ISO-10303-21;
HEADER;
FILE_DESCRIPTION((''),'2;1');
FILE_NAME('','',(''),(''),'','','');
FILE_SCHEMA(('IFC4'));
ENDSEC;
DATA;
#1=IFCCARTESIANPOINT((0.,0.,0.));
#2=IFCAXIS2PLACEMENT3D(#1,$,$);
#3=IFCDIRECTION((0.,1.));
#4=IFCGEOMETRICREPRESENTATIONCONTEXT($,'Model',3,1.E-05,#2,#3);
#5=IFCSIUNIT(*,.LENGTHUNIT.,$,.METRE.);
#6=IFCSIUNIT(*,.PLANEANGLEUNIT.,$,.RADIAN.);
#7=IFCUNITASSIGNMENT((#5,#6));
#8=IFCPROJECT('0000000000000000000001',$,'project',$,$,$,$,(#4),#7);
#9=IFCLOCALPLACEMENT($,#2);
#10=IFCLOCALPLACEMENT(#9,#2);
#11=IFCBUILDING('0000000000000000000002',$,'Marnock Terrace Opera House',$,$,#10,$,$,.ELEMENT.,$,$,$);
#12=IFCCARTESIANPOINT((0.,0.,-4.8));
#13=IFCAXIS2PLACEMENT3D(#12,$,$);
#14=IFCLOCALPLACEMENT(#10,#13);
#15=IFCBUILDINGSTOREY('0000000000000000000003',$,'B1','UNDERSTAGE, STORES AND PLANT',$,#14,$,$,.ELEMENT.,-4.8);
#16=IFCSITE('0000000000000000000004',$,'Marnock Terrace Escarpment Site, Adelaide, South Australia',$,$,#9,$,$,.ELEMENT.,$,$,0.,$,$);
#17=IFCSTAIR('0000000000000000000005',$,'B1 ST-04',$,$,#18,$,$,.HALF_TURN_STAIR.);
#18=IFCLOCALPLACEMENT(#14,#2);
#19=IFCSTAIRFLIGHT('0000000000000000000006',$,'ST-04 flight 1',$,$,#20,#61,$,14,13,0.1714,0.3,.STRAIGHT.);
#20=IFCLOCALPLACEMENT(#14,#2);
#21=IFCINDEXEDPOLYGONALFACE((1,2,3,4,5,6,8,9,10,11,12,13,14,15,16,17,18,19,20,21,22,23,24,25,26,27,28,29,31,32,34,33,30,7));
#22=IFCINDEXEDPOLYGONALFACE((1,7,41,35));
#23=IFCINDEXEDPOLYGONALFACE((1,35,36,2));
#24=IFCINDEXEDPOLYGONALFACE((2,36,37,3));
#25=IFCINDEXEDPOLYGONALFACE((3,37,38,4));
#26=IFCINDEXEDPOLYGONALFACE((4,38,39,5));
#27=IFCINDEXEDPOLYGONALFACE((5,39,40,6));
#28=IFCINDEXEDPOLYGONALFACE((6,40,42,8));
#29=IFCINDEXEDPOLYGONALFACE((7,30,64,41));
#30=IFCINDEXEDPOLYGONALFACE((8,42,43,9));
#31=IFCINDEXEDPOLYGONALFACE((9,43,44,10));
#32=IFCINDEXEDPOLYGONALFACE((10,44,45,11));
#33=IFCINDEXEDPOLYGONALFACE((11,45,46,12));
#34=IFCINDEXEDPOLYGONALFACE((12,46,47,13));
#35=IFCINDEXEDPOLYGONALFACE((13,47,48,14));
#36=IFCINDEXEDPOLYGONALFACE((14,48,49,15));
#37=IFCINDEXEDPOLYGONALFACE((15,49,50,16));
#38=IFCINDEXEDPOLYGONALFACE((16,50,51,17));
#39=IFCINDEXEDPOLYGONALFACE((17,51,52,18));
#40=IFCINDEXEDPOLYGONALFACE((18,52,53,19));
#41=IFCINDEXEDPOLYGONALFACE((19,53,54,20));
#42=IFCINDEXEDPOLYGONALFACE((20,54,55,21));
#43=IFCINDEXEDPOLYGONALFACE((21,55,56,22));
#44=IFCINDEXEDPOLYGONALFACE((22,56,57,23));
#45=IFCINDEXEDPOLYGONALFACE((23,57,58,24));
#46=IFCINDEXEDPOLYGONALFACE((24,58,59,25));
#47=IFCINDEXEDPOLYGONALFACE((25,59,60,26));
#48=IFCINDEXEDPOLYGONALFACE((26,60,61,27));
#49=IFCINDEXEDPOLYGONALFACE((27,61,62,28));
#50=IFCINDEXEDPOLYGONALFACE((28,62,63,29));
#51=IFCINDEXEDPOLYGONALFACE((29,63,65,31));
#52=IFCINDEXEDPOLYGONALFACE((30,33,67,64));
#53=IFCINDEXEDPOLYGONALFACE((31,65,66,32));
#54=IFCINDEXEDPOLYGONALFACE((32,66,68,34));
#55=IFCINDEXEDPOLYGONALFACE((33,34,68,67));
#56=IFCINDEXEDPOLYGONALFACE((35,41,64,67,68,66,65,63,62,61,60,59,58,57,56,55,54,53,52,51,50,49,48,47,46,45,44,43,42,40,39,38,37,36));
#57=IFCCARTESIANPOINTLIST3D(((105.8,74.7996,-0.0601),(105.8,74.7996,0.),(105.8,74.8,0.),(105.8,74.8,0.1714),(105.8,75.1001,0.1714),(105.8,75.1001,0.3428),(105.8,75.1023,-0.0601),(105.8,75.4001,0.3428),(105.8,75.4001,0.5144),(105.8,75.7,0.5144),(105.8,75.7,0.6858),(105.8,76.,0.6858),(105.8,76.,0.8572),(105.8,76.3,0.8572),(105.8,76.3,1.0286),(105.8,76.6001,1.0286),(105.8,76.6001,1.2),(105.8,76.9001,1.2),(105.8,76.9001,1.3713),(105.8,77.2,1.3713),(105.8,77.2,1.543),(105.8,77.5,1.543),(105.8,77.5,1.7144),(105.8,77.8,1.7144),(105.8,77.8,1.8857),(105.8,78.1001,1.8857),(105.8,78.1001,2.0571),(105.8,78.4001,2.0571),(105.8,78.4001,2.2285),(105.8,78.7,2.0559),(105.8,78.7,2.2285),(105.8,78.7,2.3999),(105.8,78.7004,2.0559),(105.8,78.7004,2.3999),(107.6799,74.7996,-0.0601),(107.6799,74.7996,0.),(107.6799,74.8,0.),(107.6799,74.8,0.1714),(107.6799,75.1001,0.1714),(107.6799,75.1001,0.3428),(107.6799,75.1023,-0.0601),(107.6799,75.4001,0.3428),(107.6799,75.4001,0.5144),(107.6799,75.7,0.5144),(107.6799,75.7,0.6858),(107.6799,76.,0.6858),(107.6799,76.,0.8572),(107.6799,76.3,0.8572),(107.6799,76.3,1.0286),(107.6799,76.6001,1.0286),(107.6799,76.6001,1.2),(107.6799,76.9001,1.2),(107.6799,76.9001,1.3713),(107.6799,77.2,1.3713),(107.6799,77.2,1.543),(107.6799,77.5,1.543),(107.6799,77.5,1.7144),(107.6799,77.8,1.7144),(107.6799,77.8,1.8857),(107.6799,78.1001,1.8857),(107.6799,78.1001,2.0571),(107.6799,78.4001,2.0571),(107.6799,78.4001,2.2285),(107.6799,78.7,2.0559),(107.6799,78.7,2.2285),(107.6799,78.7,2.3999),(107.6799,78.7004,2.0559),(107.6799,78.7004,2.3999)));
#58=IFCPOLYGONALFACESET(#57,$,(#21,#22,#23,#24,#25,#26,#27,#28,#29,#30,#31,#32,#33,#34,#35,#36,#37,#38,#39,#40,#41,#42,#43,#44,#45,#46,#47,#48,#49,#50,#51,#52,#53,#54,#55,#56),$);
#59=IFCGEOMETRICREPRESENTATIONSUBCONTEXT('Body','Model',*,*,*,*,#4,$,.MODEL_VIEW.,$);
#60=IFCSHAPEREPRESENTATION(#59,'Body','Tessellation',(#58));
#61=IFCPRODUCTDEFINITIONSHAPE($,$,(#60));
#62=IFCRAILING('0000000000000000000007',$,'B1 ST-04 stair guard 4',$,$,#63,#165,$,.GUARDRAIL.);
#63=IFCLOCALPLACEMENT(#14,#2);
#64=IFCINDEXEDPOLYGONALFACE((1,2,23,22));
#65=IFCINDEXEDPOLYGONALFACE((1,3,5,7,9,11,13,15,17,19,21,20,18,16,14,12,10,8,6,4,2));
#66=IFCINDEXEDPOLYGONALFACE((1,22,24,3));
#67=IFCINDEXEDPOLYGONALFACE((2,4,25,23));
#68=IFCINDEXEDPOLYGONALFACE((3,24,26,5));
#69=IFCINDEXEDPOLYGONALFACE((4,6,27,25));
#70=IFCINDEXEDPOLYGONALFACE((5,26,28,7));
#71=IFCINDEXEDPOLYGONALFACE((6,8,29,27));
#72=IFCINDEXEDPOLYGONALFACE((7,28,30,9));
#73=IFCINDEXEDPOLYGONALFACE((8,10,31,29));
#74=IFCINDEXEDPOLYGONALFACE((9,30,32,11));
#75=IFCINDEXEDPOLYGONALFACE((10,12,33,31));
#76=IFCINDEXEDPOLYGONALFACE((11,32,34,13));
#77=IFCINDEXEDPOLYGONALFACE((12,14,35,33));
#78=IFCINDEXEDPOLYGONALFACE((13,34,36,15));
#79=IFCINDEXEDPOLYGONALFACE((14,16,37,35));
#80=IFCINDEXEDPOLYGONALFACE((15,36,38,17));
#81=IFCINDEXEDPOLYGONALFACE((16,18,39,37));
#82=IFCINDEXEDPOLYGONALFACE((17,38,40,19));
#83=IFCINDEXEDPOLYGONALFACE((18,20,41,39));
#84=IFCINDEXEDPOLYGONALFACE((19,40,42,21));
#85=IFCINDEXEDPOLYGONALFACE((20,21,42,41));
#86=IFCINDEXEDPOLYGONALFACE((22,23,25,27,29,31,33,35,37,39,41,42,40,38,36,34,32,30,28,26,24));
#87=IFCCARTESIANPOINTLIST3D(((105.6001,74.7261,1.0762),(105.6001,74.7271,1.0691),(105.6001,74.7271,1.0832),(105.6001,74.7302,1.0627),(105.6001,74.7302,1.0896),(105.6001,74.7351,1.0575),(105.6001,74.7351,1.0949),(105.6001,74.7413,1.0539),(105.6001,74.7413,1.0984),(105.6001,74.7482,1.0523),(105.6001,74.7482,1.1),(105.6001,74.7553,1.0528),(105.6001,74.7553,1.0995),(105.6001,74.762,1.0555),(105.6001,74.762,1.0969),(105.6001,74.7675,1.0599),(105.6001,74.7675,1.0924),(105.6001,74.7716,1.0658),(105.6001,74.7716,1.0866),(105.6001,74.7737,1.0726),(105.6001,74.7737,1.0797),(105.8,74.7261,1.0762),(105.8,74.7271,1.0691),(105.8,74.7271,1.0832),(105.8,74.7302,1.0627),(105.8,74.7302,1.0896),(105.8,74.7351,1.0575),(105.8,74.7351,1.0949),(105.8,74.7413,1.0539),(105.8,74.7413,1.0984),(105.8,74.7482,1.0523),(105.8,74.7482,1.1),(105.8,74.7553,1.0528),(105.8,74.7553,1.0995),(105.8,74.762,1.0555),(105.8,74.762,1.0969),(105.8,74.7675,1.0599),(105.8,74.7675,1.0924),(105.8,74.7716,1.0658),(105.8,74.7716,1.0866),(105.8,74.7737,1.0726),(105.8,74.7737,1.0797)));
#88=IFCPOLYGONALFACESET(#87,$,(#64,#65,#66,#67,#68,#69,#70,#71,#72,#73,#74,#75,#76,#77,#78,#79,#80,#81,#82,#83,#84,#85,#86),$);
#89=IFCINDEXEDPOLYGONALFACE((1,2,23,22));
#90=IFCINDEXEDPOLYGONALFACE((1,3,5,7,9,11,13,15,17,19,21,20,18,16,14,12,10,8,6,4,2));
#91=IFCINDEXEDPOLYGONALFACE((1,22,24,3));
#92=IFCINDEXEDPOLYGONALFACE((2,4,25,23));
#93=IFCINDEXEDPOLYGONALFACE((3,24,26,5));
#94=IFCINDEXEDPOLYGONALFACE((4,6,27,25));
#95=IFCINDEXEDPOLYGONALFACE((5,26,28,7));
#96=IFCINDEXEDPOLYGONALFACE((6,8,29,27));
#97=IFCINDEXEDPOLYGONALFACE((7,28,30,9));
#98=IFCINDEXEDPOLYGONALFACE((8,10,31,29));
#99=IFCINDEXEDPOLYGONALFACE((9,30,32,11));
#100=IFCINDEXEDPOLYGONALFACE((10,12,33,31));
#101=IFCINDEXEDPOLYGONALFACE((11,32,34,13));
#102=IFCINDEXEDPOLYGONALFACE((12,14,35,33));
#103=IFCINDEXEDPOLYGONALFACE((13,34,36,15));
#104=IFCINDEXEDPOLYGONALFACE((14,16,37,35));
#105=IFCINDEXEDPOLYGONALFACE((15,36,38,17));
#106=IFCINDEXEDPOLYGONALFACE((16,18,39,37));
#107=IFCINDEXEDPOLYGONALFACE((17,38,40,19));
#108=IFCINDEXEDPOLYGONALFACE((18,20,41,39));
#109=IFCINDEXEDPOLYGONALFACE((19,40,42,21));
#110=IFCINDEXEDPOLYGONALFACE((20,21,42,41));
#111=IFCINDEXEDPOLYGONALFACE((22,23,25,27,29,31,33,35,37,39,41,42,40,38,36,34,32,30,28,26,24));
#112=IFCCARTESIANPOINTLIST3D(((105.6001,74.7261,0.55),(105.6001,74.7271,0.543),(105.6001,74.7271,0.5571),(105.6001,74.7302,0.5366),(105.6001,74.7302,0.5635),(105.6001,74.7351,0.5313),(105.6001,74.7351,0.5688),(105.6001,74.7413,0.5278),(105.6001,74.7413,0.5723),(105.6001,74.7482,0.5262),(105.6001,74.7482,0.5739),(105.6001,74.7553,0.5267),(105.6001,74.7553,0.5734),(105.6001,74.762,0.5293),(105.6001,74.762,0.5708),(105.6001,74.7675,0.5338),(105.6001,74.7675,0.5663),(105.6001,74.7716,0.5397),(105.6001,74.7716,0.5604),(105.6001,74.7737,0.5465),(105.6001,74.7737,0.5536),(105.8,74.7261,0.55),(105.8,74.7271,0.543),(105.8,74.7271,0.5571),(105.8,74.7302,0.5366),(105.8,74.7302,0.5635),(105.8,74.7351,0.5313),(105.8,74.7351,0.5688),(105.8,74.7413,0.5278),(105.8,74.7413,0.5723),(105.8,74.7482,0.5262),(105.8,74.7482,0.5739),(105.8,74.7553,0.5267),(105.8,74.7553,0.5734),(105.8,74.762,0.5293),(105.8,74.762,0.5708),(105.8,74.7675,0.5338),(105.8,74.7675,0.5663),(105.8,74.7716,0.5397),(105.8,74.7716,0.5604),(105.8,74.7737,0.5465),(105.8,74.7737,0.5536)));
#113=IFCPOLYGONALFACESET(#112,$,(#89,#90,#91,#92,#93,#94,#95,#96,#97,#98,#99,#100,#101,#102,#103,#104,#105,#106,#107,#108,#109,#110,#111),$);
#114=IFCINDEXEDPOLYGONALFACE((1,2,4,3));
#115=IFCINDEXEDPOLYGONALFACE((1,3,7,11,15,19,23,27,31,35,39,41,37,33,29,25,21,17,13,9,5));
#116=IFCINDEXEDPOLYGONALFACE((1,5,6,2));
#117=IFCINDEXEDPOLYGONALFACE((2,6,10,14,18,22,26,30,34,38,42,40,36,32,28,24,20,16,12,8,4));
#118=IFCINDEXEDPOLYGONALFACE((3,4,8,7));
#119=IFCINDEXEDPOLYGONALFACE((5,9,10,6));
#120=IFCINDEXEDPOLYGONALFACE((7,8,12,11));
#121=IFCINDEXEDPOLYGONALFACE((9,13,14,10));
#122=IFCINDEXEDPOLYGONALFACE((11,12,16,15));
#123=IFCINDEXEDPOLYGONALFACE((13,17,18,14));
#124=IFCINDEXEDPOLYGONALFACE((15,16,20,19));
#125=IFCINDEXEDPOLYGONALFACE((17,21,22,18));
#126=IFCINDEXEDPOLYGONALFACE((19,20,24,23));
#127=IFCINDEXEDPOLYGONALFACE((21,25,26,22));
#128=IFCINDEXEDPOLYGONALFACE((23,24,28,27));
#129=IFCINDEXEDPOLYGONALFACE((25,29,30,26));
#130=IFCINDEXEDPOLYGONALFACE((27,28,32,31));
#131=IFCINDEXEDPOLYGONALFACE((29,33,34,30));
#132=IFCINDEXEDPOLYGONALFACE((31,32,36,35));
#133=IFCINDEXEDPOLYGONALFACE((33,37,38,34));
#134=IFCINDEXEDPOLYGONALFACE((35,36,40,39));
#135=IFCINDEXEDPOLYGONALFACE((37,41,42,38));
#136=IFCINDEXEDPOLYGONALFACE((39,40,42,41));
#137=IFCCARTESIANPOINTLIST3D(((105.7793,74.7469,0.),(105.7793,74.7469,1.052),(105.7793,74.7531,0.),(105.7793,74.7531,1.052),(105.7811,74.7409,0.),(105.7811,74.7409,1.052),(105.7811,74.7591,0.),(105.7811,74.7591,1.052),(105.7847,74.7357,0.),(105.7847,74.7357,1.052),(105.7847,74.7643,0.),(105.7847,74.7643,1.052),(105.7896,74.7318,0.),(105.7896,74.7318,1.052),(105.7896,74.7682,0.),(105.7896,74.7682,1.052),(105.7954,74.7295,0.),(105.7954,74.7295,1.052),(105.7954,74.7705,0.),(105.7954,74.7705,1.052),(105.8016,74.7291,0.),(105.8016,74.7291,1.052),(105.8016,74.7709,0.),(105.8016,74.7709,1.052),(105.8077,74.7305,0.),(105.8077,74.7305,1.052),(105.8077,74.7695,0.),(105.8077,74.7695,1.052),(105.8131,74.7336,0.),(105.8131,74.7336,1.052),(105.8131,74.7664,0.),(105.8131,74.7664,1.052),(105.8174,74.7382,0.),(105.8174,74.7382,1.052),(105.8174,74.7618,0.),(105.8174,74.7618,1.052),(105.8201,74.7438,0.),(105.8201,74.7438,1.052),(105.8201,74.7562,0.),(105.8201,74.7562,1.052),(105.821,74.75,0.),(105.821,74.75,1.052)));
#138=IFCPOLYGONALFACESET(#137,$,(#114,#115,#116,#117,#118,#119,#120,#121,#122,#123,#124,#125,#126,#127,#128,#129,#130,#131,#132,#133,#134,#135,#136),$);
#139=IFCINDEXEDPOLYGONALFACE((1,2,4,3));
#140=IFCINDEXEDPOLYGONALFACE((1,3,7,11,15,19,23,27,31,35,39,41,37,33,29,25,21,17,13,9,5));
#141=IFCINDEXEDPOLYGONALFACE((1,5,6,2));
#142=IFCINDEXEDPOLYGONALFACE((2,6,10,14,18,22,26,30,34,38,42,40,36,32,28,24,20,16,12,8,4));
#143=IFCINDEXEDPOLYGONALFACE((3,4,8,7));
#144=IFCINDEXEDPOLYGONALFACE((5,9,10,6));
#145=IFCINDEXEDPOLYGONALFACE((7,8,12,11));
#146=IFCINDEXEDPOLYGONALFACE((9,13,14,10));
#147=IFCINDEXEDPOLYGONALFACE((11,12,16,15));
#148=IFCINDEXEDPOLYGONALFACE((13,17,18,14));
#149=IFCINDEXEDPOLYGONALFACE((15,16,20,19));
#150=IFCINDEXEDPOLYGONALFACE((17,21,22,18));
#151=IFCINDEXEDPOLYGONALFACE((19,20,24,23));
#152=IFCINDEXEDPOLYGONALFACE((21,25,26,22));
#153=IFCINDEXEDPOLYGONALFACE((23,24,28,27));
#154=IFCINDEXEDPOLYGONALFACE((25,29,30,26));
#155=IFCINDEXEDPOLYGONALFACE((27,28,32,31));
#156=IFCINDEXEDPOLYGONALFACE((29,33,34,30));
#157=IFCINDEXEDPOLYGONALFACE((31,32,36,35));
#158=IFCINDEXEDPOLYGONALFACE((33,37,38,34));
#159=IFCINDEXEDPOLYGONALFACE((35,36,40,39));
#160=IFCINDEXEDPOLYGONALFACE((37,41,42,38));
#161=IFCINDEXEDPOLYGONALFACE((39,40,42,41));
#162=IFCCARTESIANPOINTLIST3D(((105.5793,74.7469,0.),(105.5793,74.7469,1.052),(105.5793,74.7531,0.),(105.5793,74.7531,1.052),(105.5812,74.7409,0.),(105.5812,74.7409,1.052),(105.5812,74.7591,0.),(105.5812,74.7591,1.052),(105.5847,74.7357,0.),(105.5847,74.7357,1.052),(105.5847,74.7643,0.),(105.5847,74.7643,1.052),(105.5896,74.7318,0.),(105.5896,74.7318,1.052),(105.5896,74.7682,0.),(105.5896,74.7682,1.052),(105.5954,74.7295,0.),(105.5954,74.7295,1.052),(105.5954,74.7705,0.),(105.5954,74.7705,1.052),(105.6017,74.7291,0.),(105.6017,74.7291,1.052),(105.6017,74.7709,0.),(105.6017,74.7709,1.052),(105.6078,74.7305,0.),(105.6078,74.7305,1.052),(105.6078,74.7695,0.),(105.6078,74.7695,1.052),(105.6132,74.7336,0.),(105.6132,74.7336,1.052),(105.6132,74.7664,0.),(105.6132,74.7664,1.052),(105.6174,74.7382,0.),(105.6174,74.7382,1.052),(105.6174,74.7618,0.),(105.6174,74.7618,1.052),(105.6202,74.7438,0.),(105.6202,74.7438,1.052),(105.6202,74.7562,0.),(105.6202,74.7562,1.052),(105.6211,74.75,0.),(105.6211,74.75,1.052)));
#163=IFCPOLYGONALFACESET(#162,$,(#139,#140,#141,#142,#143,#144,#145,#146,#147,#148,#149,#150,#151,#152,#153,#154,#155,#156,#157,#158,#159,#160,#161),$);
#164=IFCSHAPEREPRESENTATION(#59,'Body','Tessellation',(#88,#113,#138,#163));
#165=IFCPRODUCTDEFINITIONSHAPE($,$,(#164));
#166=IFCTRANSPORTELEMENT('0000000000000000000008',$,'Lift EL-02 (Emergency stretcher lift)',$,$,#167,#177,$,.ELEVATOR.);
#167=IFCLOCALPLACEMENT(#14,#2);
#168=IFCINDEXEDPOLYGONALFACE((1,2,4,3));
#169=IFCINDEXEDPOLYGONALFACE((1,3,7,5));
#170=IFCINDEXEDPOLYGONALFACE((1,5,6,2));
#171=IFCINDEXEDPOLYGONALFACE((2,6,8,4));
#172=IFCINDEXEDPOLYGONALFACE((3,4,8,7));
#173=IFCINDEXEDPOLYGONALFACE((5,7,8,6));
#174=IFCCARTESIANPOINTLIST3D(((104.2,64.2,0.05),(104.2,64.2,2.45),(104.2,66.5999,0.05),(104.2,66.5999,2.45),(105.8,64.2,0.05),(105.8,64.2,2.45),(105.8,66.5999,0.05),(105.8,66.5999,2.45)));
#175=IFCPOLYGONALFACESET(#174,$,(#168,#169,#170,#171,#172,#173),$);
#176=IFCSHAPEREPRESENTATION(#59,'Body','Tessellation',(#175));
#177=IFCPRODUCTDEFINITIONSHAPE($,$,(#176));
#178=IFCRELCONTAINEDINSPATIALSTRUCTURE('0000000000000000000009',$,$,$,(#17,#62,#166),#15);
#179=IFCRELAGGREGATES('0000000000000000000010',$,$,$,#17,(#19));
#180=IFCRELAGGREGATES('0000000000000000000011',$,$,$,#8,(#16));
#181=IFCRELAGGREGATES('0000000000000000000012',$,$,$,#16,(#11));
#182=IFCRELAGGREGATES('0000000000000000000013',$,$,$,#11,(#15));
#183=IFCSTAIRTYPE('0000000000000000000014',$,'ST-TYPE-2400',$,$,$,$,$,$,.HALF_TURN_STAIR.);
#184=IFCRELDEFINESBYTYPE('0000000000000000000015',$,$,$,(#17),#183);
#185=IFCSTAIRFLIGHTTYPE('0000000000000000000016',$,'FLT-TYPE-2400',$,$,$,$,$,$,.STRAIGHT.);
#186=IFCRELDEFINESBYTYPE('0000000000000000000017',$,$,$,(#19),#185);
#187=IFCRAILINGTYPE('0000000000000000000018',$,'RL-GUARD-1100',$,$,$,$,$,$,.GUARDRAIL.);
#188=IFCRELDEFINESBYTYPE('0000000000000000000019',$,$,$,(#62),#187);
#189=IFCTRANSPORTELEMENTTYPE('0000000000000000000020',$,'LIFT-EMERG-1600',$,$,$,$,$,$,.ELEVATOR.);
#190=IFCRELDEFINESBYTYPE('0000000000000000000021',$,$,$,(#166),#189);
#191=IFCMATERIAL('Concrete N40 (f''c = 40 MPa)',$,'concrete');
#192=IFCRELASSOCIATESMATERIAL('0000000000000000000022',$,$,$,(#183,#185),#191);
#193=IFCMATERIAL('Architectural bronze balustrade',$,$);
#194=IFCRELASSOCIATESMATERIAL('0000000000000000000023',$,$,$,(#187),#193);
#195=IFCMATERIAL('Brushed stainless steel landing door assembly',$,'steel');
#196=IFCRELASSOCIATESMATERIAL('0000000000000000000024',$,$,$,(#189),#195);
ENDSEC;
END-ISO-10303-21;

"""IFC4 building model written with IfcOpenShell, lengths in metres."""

from ifc_helpers import new_model, si_unit, direction, frame, origin, origin_2d, place, context, subcontext, project, spatial, polyline, rectangle, circle, outline, extrude, material, type_object, element, aggregate, save


model = new_model("IFC4")

# Units and contexts
model_context = context("Model", 3, precision=1e-05, world=origin(), true_north=direction((0.0, 1.0)))
body_context = subcontext(model_context, "Body", "Model", "MODEL_VIEW")
ifc_project = project(units=[si_unit("LENGTHUNIT", "METRE"), si_unit("PLANEANGLEUNIT", "RADIAN")], contexts=[model_context])

# Site, building, storey
site_placement = place(None, origin())
site = spatial("IfcSite", under=ifc_project, at=site_placement, Name="Marnock Terrace Escarpment Site, Adelaide, South Australia", CompositionType="ELEMENT", RefElevation=0.0)
building_placement = place(site_placement, origin())
building = spatial("IfcBuilding", under=site, at=building_placement, Name="Marnock Terrace Opera House", CompositionType="ELEMENT")
storey_placement = place(building_placement, frame((0.0, 0.0, -4.8)))
storey = spatial("IfcBuildingStorey", under=building, at=storey_placement, Name="B1", Description="UNDERSTAGE, STORES AND PLANT", CompositionType="ELEMENT", Elevation=-4.8)

# Shared definitions
ifc_material_1 = material(Name="Concrete N40 (f'c = 40 MPa)", Category="concrete")

# Shared definitions
ifc_material_2 = material(Name="Brushed stainless steel landing door assembly", Category="steel")

# Stair, stair flight
stair_type = type_object("IfcStairType", Name="ST-TYPE-2400", PredefinedType="HALF_TURN_STAIR", material=ifc_material_1)
stair_placement = place(storey_placement, origin())
stair = element("IfcStair", 1, at=stair_placement, inside=storey, type_object=stair_type, Name="B1 ST-04", PredefinedType="HALF_TURN_STAIR")
stair_flight_type = type_object("IfcStairFlightType", Name="FLT-TYPE-2400", PredefinedType="STRAIGHT", material=ifc_material_1)
stair_flight_placement = place(storey_placement, frame((106.74, 74.8, 0.0), z_axis=(0.0, 0.0, 1.0), x_axis=(0.0, 1.0, 0.0)))
stair_flight = element("IfcStairFlight", 2, at=stair_flight_placement, type_object=stair_flight_type, Name="ST-04 flight 1", NumberOfRisers=14, NumberOfTreads=13, PredefinedType="STRAIGHT", RiserHeight=0.1714, TreadLength=0.3, context=body_context, shape_type="SweptSolid", body=[
    extrude(outline(polyline([(-0.0005, -0.0601), (-0.0005, 0.0), (0.0, 0.0), (0.0, 0.1714), (0.3, 0.1714), (0.3, 0.3428), (0.6001, 0.3428), (0.6001, 0.5144), (0.8999, 0.5144), (0.8999, 0.6858), (1.2, 0.6858), (1.2, 0.8572), (1.5, 0.8572), (1.5, 1.0286), (1.8, 1.0286), (1.8, 1.2), (2.1001, 1.2), (2.1001, 1.3713), (2.3999, 1.3713), (2.3999, 1.543), (2.7, 1.543), (2.7, 1.7144), (3.0, 1.7144), (3.0, 1.8857), (3.3, 1.8857), (3.3, 2.0571), (3.6001, 2.0571), (3.6001, 2.2285), (3.8999, 2.2285), (3.8999, 2.3999), (3.9004, 2.3999), (3.9004, 2.0559), (3.8999, 2.0559), (0.3022, -0.0601), (-0.0005, -0.0601)])), frame((0.0, 0.9399, 0.0), z_axis=(0.0, -1.0, 0.0), x_axis=(1.0, 0.0, 0.0)), (0.0, 0.0, 1.0), 1.8799),
])
aggregate(stair, [stair_flight])

# Railing
ifc_material_3 = material(Name="Architectural bronze balustrade")
railing_type_1 = type_object("IfcRailingType", Name="RL-GUARD-1100", PredefinedType="GUARDRAIL", material=ifc_material_3)
railing_1_placement = place(storey_placement, frame((105.8, 74.75, 0.0)))
element("IfcRailing", 3, at=railing_1_placement, inside=storey, type_object=railing_type_1, Name="B1 ST-04 stair guard 4", PredefinedType="GUARDRAIL", context=body_context, shape_type="SweptSolid", body=[
    extrude(circle(Radius=0.0239, at=origin_2d()), frame((0.0, 0.0, 1.0762), z_axis=(-1.0, 0.0, 0.0), x_axis=(0.0, -1.0, 0.0)), (0.0, 0.0, 1.0), 0.2),
    extrude(circle(Radius=0.0239, at=origin_2d()), frame((0.0, 0.0, 0.55), z_axis=(-1.0, 0.0, 0.0), x_axis=(0.0, -1.0, 0.0)), (0.0, 0.0, 1.0), 0.2),
    extrude(circle(Radius=0.021, at=origin_2d()), origin(), (0.0, 0.0, 1.0), 1.052),
    extrude(circle(Radius=0.021, at=origin_2d()), frame((-0.2, 0.0, 0.0)), (0.0, 0.0, 1.0), 1.052),
])

# Transport element
transport_element_type = type_object("IfcTransportElementType", Name="LIFT-EMERG-1600", PredefinedType="ELEVATOR", material=ifc_material_2)
transport_element_placement = place(storey_placement, frame((105.0, 65.3999, 0.05), z_axis=(0.0, 0.0, 1.0), x_axis=(1.0, 0.0, 0.0)))
element("IfcTransportElement", 4, at=transport_element_placement, inside=storey, type_object=transport_element_type, Name="Lift EL-02 (Emergency stretcher lift)", PredefinedType="ELEVATOR", context=body_context, shape_type="SweptSolid", body=[
    extrude(rectangle(XDim=1.6001, YDim=2.3999, at=origin_2d()), origin(), (0.0, 0.0, 1.0), 2.3999),
])

save(model, "model.ifc")
